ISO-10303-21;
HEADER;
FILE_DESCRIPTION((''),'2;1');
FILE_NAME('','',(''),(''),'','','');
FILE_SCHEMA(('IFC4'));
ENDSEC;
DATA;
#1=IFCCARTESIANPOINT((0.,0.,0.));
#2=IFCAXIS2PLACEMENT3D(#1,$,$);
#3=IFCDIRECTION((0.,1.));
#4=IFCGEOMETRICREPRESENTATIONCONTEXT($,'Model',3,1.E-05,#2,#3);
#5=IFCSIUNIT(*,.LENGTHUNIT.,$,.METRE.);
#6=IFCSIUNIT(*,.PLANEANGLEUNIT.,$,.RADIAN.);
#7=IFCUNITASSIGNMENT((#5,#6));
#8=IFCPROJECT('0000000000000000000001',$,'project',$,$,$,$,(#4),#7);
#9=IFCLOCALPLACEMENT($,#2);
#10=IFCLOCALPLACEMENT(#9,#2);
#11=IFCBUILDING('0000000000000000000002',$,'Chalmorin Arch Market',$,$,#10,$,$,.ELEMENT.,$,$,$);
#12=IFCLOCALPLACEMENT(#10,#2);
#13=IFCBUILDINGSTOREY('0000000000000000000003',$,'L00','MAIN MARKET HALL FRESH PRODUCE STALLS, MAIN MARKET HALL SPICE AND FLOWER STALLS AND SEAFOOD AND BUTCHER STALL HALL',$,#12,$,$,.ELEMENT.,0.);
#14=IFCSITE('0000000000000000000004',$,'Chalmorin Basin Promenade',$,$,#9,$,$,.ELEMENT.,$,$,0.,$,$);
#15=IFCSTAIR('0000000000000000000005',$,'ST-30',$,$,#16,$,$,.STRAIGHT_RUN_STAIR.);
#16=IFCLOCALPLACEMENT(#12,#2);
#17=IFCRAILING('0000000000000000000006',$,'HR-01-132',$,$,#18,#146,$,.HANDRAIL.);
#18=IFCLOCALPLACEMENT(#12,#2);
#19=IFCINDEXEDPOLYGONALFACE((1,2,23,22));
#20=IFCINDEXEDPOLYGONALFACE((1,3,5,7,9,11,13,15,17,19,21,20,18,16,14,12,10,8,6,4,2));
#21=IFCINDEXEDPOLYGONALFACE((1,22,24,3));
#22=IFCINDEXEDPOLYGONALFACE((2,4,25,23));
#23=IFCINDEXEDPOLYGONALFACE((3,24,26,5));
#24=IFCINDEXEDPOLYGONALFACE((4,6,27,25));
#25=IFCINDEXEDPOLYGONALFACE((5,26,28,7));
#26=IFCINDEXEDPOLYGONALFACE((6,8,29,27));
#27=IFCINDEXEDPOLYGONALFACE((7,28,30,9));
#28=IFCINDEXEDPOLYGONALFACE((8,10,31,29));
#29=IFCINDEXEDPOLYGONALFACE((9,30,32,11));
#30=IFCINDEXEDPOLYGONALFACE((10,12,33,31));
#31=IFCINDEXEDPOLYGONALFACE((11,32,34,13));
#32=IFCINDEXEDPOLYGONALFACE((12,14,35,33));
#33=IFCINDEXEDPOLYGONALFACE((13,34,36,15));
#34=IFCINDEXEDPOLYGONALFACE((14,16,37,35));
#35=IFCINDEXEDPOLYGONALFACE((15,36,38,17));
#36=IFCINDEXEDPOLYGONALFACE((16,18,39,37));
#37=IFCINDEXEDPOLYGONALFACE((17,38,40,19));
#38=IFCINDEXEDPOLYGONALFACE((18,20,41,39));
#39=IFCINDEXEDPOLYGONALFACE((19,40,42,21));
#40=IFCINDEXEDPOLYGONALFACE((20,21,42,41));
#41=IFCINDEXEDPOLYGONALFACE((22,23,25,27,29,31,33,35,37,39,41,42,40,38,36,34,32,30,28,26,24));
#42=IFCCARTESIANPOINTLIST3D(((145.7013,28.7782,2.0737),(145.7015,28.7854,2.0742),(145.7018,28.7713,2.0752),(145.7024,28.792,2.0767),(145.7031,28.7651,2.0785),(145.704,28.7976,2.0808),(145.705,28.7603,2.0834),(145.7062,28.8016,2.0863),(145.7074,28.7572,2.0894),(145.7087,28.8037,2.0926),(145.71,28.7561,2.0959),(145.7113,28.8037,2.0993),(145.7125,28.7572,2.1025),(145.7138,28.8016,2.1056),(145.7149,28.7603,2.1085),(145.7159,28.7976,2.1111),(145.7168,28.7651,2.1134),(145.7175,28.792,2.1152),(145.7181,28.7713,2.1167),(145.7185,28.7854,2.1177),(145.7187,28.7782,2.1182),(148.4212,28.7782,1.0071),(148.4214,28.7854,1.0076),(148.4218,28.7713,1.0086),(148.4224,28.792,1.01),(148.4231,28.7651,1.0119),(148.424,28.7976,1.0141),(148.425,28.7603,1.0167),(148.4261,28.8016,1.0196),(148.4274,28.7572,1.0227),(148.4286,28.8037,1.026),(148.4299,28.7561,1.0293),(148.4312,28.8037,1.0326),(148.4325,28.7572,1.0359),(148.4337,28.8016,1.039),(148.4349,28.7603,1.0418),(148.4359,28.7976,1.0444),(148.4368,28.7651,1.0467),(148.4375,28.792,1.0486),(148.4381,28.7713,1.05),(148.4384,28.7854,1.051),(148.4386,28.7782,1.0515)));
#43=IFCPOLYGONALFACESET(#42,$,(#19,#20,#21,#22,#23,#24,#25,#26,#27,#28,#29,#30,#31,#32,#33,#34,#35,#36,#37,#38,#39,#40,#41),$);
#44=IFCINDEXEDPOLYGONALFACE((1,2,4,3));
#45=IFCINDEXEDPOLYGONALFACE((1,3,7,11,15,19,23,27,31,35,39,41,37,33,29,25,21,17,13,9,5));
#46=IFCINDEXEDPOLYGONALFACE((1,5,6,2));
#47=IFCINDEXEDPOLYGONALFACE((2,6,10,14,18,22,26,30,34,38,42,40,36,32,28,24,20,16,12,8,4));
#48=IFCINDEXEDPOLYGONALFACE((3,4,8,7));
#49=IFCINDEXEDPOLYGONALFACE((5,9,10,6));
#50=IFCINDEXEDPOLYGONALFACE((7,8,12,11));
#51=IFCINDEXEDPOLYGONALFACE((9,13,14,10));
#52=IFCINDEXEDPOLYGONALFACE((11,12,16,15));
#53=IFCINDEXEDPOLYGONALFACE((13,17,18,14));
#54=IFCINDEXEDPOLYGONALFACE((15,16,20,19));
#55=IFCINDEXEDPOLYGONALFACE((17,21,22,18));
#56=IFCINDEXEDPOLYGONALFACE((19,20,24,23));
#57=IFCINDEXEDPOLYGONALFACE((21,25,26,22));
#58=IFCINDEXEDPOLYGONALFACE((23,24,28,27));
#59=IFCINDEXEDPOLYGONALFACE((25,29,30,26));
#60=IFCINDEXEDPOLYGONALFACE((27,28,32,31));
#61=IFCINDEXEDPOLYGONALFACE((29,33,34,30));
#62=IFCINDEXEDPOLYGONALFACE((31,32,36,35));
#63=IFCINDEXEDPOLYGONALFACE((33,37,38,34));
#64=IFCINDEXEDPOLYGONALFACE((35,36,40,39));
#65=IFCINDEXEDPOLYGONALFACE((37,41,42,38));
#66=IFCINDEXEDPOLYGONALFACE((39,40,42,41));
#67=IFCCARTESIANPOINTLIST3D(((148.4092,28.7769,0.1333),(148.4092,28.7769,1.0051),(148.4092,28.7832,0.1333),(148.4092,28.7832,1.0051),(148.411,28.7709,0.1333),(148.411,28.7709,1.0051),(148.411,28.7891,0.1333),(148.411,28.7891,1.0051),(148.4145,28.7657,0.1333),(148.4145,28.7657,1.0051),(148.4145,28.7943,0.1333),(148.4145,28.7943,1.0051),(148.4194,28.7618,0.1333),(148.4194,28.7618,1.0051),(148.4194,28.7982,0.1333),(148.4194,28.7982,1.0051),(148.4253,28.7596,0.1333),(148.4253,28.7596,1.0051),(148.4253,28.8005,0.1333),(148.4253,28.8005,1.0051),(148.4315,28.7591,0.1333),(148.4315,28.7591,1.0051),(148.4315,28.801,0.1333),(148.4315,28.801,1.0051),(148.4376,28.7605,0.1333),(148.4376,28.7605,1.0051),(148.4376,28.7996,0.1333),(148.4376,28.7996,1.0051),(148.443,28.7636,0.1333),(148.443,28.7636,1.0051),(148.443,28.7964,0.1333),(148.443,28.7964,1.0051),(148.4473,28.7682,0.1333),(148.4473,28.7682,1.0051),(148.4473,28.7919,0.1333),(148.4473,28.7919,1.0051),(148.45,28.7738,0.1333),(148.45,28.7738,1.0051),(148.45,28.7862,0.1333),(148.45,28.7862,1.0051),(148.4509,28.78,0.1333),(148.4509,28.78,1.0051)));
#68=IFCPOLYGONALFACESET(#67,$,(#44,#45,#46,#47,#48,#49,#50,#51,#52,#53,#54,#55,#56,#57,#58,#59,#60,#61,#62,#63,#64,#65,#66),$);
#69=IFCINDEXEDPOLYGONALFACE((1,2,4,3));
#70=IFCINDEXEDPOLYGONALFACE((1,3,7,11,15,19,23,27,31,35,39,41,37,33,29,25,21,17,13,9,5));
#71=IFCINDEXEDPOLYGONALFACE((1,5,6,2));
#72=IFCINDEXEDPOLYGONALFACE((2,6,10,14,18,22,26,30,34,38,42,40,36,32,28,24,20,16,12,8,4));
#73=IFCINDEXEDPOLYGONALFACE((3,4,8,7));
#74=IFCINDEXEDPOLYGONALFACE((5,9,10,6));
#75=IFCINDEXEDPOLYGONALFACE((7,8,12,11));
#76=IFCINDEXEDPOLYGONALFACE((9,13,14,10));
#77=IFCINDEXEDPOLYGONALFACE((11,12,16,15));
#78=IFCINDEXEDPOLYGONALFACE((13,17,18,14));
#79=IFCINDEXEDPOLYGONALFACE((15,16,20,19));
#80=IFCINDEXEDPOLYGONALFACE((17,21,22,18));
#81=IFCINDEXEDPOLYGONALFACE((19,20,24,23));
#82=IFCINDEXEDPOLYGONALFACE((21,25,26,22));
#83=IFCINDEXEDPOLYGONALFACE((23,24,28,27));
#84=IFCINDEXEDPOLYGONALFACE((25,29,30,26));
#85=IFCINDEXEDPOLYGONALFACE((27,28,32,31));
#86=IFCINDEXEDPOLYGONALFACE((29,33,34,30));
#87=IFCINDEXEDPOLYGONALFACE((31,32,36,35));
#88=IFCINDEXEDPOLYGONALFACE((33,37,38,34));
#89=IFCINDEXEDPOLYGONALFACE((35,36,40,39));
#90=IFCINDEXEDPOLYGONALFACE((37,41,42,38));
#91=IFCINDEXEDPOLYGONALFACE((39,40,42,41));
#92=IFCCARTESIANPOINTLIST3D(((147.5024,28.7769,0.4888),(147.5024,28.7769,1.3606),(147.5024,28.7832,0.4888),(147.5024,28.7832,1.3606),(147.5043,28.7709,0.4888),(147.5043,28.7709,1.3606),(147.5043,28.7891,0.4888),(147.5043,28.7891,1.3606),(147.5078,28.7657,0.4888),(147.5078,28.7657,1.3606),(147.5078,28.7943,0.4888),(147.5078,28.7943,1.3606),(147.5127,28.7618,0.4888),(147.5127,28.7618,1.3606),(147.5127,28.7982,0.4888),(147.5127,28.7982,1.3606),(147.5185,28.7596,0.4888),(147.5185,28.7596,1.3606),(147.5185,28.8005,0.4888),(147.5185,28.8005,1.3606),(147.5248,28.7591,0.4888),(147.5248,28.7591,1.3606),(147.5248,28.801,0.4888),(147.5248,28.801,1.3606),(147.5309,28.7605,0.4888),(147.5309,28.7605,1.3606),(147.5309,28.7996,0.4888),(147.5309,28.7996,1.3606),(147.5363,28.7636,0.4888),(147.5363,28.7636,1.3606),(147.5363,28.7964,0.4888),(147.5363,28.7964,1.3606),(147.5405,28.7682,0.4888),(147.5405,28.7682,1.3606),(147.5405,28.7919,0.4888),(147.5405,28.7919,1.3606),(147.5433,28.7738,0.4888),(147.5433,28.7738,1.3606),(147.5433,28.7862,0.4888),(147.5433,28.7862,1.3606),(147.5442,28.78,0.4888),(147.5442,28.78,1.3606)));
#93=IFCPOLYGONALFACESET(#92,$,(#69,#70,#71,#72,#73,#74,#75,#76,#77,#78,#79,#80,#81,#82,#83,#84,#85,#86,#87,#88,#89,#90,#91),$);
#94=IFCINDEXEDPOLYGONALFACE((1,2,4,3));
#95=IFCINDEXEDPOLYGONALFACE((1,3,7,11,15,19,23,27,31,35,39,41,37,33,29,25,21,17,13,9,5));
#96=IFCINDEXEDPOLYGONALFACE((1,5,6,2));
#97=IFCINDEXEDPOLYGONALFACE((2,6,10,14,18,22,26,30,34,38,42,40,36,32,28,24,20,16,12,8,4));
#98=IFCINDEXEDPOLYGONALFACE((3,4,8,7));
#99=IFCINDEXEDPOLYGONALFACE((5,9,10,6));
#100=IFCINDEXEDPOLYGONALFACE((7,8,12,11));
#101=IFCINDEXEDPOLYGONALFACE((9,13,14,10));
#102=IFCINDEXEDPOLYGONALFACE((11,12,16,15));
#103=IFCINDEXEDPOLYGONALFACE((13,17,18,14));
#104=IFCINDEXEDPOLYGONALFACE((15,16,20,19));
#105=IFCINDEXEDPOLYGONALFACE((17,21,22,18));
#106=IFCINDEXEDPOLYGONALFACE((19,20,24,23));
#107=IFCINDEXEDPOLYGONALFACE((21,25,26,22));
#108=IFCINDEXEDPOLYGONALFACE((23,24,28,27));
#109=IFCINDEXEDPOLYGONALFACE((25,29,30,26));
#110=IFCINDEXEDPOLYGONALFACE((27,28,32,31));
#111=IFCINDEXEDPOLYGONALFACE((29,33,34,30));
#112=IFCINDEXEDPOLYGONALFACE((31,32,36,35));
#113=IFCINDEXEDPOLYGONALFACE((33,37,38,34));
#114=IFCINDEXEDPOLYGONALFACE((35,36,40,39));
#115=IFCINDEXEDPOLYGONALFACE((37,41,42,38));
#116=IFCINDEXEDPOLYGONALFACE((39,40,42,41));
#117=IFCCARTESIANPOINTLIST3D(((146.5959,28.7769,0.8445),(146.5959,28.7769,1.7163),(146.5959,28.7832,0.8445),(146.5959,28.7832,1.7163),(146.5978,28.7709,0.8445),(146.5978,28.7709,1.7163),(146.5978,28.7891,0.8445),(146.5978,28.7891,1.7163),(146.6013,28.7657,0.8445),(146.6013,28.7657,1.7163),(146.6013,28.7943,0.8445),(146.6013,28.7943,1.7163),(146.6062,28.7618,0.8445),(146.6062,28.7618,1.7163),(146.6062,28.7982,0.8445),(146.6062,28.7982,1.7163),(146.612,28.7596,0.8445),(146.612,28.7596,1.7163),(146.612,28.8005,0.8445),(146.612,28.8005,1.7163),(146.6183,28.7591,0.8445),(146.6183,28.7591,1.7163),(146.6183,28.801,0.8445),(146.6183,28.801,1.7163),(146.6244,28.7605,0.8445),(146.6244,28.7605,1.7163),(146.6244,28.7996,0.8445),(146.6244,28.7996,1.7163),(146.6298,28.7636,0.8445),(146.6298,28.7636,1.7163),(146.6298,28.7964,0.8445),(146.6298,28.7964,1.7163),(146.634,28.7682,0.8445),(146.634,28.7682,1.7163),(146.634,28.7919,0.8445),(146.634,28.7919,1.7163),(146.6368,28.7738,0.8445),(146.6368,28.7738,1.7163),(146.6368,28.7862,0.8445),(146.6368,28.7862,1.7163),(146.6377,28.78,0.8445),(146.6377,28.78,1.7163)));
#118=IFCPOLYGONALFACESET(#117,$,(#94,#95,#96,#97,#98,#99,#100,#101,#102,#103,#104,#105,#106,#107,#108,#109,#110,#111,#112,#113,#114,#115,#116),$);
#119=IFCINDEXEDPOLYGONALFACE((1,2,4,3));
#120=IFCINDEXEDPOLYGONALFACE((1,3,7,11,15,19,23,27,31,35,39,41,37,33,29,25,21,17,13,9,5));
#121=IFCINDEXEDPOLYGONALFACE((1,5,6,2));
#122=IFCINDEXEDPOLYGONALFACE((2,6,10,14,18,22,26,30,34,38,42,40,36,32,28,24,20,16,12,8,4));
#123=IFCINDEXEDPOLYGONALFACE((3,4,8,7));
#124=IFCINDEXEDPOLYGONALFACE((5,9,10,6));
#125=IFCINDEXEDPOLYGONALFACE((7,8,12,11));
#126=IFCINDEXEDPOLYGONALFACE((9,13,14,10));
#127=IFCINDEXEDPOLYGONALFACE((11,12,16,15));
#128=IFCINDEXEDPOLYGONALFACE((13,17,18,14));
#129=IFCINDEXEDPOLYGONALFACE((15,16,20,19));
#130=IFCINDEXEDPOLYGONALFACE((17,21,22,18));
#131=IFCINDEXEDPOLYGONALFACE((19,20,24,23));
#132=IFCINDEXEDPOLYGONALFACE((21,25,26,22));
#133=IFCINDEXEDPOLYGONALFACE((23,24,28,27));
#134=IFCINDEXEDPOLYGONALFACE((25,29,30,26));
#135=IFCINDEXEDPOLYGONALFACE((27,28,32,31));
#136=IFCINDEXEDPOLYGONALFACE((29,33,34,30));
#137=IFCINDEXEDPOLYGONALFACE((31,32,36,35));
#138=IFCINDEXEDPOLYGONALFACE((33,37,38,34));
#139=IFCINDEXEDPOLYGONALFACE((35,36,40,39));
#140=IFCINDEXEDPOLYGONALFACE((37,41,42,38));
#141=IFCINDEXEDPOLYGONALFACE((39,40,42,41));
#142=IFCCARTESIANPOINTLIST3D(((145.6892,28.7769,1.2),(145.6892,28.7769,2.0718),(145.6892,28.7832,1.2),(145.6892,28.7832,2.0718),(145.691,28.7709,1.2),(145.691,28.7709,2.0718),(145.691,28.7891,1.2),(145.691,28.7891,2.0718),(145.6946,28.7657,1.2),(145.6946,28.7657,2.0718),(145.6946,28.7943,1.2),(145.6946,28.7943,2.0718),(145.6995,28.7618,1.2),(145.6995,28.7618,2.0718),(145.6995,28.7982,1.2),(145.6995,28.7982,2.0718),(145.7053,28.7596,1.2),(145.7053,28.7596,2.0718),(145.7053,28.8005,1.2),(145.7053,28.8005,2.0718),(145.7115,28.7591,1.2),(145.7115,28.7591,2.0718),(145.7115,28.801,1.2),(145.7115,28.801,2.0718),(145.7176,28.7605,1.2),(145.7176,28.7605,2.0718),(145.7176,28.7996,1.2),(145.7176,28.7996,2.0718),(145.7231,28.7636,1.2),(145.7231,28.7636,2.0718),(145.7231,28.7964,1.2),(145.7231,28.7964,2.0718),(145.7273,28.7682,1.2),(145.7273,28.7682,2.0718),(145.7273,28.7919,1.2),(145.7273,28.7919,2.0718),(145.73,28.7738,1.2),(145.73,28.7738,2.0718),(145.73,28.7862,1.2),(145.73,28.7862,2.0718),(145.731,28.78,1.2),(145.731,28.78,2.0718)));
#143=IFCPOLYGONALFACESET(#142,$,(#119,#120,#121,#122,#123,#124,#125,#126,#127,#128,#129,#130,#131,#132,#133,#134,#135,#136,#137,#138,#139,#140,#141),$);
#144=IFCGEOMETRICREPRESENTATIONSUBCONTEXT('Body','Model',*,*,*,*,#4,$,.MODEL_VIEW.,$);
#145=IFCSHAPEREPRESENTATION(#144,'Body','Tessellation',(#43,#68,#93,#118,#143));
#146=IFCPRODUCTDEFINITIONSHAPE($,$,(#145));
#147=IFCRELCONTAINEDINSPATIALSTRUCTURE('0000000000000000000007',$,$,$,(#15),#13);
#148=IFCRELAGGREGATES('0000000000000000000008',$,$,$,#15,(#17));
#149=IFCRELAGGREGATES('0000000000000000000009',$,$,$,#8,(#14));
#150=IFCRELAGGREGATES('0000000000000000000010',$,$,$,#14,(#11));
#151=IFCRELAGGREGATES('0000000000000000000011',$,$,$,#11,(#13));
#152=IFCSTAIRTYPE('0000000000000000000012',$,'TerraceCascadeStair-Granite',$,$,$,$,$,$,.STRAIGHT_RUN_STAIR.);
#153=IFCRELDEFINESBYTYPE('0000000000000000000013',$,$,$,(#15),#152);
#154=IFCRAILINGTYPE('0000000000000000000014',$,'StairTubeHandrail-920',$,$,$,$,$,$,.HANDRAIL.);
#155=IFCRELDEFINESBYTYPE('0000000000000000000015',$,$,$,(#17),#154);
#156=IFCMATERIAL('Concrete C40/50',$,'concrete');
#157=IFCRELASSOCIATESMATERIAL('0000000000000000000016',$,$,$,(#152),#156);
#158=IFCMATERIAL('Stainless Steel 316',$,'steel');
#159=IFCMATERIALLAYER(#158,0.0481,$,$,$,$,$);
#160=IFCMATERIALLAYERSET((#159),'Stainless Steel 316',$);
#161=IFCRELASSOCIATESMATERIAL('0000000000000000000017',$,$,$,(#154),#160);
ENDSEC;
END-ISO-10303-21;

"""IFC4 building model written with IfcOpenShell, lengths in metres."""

from ifc_helpers import new_model, si_unit, direction, frame, origin, origin_2d, place, context, subcontext, project, spatial, circle, extrude, material, layer, layer_set, type_object, element, aggregate, save


model = new_model("IFC4")

# Units and contexts
model_context = context("Model", 3, precision=1e-05, world=origin(), true_north=direction((0.0, 1.0)))
body_context = subcontext(model_context, "Body", "Model", "MODEL_VIEW")
ifc_project = project(units=[si_unit("LENGTHUNIT", "METRE"), si_unit("PLANEANGLEUNIT", "RADIAN")], contexts=[model_context])

# Site, building, storey
site_placement = place(None, origin())
site = spatial("IfcSite", under=ifc_project, at=site_placement, Name="Chalmorin Basin Promenade", CompositionType="ELEMENT", RefElevation=0.0)
building_placement = place(site_placement, origin())
building = spatial("IfcBuilding", under=site, at=building_placement, Name="Chalmorin Arch Market", CompositionType="ELEMENT")
storey_placement = place(building_placement, origin())
storey = spatial("IfcBuildingStorey", under=building, at=storey_placement, Name="L00", Description="MAIN MARKET HALL FRESH PRODUCE STALLS, MAIN MARKET HALL SPICE AND FLOWER STALLS AND SEAFOOD AND BUTCHER STALL HALL", CompositionType="ELEMENT", Elevation=0.0)

# Shared definitions
ifc_material_1 = material(Name="Concrete C40/50", Category="concrete")

# Stair
stair_type = type_object("IfcStairType", Name="TerraceCascadeStair-Granite", PredefinedType="STRAIGHT_RUN_STAIR", material=ifc_material_1)
stair_1_placement = place(storey_placement, origin())
stair_1 = element("IfcStair", 1, at=stair_1_placement, inside=storey, type_object=stair_type, Name="ST-30", PredefinedType="STRAIGHT_RUN_STAIR")

# Railing
ifc_material_2 = material(Name="Stainless Steel 316", Category="steel")
ifc_layer_1 = layer(ifc_material_2, 0.0481)
ifc_layer_set_1 = layer_set([ifc_layer_1], Name="Stainless Steel 316")
railing_type_1 = type_object("IfcRailingType", Name="StairTubeHandrail-920", PredefinedType="HANDRAIL", material=ifc_layer_set_1)
railing_1_placement = place(storey_placement, frame((148.4299, 28.78, 0.1333)))
railing_1 = element("IfcRailing", 2, at=railing_1_placement, type_object=railing_type_1, Name="HR-01-132", PredefinedType="HANDRAIL", context=body_context, shape_type="SweptSolid", body=[
    extrude(circle(Radius=0.0239, at=origin_2d()), frame((0.0, 0.0, 0.896), z_axis=(-0.930974, 0.0, 0.365086), x_axis=(0.0, -1.0, 0.0)), (0.0, 0.0, 1.0), 2.9216),
    extrude(circle(Radius=0.021, at=origin_2d()), origin(), (0.0, 0.0, 1.0), 0.8718),
    extrude(circle(Radius=0.021, at=origin_2d()), frame((-0.9067, 0.0, 0.3555)), (0.0, 0.0, 1.0), 0.8718),
    extrude(circle(Radius=0.021, at=origin_2d()), frame((-1.8132, 0.0, 0.7112)), (0.0, 0.0, 1.0), 0.8718),
    extrude(circle(Radius=0.021, at=origin_2d()), frame((-2.72, 0.0, 1.0667)), (0.0, 0.0, 1.0), 0.8718),
])
aggregate(stair_1, [railing_1])

save(model, "model.ifc")
